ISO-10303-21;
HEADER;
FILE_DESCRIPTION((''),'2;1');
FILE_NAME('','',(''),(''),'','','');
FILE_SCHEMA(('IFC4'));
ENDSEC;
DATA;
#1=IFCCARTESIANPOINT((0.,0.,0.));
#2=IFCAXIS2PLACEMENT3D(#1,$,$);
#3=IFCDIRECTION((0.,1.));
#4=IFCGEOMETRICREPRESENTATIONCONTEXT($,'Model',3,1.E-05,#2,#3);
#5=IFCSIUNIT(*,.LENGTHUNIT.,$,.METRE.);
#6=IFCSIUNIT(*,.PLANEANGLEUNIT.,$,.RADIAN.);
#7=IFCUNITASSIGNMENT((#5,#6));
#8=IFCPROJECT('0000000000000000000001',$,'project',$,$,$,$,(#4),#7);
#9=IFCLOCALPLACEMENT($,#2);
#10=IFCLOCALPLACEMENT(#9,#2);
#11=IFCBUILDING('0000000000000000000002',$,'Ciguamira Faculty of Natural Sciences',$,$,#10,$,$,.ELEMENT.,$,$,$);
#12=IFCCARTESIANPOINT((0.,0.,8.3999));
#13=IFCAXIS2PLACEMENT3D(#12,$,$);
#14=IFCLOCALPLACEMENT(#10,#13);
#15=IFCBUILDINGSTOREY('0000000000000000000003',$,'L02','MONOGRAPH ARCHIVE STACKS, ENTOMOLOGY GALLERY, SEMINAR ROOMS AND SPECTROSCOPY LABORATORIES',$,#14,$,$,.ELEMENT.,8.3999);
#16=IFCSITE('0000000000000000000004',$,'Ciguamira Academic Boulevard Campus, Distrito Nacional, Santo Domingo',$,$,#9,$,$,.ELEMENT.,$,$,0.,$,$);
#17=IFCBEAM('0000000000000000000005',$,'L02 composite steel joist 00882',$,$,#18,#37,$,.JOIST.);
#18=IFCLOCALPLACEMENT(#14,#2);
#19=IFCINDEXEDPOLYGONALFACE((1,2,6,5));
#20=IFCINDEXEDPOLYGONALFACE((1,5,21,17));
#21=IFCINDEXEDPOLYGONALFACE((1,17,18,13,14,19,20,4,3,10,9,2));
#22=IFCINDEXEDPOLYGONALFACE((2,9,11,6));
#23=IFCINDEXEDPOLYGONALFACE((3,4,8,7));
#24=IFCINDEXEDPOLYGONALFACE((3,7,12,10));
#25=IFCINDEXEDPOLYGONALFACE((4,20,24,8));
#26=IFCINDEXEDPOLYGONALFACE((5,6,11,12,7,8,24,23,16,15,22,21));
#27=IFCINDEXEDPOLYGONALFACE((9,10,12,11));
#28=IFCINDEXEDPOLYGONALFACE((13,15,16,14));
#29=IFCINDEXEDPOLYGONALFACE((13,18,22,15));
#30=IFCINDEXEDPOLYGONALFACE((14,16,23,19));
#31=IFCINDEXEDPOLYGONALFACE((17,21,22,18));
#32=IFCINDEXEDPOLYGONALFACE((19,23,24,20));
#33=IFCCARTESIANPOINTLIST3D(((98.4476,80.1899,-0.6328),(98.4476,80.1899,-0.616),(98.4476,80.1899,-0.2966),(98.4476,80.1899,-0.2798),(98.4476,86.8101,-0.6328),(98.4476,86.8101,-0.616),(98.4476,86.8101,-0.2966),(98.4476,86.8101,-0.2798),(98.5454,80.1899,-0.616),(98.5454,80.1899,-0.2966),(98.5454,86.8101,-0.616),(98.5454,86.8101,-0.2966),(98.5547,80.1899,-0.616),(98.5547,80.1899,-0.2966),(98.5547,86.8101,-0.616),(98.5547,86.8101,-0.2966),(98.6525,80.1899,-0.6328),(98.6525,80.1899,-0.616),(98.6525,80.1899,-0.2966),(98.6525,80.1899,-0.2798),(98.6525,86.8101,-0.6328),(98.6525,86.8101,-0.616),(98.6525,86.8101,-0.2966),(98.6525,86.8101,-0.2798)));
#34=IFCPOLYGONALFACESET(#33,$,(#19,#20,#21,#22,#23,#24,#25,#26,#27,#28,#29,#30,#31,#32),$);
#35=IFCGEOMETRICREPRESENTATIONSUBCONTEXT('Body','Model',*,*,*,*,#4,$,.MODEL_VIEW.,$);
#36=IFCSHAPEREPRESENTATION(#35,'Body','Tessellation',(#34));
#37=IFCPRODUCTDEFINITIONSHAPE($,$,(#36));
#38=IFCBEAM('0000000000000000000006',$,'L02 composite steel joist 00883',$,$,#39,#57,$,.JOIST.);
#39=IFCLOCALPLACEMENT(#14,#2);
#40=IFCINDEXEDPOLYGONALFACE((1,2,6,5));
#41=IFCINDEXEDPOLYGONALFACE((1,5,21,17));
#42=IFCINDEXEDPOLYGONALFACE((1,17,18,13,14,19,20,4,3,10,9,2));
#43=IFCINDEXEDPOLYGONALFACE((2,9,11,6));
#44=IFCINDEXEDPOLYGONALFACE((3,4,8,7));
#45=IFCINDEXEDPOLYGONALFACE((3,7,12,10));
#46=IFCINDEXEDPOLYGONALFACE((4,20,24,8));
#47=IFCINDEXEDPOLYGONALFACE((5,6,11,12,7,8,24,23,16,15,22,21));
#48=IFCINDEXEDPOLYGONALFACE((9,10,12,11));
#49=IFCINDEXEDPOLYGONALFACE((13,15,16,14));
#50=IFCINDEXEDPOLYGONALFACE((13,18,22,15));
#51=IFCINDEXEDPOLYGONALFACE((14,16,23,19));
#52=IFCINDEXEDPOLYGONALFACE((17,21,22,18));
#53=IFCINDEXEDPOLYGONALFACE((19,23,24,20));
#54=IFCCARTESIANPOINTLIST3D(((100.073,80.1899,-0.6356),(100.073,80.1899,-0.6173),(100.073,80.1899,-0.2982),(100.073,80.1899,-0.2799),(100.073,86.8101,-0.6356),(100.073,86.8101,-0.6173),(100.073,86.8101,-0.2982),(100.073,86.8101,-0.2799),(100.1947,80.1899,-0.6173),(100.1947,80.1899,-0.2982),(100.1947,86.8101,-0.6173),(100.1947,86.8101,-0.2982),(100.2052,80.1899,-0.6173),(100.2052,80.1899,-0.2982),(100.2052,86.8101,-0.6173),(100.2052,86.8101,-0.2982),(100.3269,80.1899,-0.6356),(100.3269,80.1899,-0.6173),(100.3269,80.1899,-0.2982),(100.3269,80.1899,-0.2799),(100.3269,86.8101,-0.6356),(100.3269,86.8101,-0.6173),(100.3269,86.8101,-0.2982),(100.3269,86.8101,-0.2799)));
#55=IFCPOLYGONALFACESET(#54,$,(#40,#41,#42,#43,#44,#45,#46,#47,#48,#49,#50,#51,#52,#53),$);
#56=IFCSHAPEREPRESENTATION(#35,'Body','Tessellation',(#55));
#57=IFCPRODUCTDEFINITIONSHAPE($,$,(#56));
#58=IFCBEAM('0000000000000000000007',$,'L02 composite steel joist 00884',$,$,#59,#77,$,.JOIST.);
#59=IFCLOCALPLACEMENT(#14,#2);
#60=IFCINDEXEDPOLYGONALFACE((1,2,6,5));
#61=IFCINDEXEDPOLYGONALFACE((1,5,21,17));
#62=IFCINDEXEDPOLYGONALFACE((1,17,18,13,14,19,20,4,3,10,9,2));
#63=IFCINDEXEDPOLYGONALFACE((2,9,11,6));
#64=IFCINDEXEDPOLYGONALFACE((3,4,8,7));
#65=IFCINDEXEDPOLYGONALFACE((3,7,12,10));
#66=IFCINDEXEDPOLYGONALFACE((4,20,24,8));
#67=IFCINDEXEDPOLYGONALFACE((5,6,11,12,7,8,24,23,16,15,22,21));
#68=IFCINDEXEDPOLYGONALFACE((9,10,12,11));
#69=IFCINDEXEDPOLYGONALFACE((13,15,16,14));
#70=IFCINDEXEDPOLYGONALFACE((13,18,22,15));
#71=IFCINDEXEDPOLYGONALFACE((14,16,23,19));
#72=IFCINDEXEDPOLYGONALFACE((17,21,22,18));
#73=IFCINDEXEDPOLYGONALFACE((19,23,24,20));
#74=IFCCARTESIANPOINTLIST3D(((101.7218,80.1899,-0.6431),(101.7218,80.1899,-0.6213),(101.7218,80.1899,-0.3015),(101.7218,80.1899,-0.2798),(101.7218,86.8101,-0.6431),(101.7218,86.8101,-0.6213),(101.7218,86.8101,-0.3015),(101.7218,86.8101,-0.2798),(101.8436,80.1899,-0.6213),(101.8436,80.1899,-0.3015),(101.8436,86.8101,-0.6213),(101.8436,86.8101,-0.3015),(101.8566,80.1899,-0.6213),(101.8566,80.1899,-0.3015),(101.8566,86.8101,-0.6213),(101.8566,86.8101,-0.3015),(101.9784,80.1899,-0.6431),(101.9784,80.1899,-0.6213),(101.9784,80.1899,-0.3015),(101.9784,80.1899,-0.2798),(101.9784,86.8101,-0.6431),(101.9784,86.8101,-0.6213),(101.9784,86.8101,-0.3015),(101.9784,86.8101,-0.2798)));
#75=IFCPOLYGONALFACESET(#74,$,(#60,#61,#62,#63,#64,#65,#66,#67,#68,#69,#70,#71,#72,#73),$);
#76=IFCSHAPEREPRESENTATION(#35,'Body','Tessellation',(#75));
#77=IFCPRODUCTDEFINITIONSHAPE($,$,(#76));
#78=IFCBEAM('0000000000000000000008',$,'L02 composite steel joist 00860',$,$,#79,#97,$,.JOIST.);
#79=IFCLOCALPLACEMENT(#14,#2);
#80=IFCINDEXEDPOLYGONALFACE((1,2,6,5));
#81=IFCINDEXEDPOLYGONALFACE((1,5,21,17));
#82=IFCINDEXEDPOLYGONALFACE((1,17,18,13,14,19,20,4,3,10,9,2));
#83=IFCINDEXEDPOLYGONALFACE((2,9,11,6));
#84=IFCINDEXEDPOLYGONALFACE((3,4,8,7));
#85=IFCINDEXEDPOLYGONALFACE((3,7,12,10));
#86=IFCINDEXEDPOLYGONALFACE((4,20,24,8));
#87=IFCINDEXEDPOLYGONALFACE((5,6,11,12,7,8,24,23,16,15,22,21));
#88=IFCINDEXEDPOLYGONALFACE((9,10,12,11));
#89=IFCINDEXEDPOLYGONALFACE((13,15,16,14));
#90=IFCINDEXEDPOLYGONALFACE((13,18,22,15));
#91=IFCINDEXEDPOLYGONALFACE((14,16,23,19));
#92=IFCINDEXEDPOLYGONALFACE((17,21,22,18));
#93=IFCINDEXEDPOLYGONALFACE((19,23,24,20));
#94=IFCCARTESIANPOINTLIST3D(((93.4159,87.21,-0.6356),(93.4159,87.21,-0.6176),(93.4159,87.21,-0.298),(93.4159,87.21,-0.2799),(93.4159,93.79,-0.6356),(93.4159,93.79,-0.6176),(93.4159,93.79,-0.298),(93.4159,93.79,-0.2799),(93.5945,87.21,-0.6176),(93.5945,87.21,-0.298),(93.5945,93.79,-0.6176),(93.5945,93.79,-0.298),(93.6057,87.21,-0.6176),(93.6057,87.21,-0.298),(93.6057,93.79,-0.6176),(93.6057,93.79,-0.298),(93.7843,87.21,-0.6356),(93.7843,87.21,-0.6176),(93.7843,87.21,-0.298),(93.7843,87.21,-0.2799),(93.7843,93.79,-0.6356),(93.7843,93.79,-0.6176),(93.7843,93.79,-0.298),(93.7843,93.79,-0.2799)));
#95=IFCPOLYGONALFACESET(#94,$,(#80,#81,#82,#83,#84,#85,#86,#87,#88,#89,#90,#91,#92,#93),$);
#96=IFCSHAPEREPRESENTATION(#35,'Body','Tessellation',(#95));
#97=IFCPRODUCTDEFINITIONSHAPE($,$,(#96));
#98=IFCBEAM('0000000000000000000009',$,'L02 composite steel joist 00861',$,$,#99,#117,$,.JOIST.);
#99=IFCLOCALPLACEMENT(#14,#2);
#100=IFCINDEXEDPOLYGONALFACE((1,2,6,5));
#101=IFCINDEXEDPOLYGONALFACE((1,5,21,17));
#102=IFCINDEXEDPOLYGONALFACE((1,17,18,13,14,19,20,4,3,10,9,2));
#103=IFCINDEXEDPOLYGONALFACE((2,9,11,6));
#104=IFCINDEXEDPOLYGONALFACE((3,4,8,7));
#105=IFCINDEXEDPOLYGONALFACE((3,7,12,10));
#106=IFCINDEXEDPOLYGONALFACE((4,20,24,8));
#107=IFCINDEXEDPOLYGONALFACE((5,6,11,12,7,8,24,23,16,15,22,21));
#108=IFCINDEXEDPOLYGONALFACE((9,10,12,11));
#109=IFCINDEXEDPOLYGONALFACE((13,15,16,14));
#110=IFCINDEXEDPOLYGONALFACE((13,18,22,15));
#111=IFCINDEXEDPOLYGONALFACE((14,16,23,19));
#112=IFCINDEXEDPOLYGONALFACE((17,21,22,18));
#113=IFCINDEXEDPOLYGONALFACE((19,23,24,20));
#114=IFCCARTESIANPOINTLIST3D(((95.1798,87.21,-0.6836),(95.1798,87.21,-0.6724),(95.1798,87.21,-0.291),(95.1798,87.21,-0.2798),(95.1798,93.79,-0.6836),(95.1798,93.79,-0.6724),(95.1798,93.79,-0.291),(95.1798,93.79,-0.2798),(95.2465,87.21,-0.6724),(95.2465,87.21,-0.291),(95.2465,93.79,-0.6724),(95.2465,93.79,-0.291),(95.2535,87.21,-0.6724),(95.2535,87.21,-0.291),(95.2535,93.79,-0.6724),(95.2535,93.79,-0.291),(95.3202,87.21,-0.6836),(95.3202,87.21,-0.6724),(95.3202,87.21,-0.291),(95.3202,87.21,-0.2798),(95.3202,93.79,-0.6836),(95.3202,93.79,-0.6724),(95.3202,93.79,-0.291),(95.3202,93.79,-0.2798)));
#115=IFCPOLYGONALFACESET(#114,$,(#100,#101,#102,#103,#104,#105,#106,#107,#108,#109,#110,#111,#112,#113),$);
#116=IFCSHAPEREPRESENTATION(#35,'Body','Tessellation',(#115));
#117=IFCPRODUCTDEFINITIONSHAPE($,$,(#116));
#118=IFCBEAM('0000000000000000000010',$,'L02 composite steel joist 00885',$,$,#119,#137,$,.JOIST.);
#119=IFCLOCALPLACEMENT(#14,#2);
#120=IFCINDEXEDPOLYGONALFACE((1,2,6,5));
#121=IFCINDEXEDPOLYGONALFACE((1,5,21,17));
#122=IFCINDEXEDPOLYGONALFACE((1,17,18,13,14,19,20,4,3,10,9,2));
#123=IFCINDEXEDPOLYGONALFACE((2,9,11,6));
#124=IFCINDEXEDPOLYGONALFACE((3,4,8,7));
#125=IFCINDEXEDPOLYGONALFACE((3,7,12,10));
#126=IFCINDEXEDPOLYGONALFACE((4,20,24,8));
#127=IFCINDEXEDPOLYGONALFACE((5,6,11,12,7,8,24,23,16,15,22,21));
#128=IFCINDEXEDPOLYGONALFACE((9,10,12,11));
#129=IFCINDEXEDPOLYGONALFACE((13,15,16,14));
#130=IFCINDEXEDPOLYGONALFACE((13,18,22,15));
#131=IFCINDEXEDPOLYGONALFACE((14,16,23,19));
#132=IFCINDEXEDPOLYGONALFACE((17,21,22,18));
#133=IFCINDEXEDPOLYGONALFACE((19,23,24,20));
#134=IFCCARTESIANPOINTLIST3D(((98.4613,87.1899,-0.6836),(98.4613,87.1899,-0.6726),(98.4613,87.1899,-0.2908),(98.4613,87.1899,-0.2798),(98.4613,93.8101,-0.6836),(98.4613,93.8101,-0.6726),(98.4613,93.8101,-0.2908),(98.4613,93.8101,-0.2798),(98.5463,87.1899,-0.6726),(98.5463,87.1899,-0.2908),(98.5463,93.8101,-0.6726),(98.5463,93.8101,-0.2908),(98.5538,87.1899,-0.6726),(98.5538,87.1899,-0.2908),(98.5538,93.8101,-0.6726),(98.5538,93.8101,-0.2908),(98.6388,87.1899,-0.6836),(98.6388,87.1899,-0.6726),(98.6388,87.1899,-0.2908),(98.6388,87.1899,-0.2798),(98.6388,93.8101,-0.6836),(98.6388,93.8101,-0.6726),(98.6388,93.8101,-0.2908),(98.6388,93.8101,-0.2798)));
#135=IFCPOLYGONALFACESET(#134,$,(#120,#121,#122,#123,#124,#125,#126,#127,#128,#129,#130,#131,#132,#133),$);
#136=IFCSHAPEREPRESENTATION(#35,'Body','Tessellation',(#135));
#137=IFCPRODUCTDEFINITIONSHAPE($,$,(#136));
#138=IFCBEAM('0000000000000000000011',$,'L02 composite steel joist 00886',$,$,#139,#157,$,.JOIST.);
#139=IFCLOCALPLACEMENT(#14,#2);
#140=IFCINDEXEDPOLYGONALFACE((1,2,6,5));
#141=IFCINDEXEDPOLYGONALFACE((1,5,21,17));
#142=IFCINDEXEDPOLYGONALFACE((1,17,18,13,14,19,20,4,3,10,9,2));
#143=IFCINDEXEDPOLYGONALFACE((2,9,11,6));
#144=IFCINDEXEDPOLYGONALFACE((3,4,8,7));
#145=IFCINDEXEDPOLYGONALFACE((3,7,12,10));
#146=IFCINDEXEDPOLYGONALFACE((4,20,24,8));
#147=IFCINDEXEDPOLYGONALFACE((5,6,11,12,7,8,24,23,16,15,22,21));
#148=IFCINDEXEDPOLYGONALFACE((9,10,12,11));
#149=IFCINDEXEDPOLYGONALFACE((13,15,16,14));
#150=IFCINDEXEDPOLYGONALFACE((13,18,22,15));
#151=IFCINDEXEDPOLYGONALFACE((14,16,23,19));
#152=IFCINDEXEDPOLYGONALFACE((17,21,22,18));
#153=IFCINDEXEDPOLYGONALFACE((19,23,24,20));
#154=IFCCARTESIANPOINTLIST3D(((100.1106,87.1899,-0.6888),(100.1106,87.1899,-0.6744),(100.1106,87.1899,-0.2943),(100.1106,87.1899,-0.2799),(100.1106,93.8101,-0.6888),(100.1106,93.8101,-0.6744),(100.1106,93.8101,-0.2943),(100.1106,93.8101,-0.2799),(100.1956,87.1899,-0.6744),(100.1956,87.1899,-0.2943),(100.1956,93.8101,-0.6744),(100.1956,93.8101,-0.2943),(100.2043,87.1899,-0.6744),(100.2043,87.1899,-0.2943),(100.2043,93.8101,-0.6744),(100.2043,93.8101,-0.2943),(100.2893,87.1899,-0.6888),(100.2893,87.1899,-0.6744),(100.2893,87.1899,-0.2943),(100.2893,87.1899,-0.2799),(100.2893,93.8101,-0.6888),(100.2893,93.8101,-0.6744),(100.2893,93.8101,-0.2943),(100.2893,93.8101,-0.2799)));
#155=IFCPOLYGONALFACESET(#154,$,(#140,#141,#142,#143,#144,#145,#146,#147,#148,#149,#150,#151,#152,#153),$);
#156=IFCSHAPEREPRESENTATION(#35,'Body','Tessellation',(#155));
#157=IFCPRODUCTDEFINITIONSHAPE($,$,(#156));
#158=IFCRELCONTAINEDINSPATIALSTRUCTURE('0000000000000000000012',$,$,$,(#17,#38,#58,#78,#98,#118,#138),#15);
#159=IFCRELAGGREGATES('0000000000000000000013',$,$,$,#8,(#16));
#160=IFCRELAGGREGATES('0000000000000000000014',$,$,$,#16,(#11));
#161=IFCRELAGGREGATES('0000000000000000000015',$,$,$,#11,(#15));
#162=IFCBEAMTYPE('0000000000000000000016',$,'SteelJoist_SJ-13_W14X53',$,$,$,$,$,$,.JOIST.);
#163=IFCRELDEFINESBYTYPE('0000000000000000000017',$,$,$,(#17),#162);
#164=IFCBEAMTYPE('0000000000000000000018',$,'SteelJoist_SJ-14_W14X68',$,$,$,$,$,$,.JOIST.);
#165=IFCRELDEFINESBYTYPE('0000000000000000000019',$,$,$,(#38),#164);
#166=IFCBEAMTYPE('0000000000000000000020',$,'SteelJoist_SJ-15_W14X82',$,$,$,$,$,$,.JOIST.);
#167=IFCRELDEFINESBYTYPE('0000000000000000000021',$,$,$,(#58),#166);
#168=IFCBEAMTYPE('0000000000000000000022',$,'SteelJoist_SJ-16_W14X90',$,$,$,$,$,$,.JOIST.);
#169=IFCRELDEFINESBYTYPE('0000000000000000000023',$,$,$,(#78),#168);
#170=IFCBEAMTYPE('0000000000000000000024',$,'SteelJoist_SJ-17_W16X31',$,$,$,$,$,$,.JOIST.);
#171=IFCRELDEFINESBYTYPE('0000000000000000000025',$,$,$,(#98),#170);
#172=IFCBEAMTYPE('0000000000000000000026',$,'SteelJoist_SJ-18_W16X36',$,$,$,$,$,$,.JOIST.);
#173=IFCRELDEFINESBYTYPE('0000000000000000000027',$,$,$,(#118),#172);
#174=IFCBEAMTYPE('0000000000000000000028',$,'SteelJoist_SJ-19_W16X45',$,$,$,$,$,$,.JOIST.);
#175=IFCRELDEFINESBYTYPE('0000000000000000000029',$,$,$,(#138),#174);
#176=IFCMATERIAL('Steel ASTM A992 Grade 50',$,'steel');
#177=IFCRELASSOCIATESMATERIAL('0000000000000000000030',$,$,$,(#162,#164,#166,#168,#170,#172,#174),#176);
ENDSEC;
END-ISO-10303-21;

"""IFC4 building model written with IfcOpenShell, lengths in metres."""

from ifc_helpers import new_model, si_unit, direction, frame, origin, origin_2d, place, context, subcontext, project, spatial, i_section, extrude, material, material_profile, profile_set, type_object, element, save


model = new_model("IFC4")

# Units and contexts
model_context = context("Model", 3, precision=1e-05, world=origin(), true_north=direction((0.0, 1.0)))
body_context = subcontext(model_context, "Body", "Model", "MODEL_VIEW")
ifc_project = project(units=[si_unit("LENGTHUNIT", "METRE"), si_unit("PLANEANGLEUNIT", "RADIAN")], contexts=[model_context])

# Site, building, storey
site_placement = place(None, origin())
site = spatial("IfcSite", under=ifc_project, at=site_placement, Name="Ciguamira Academic Boulevard Campus, Distrito Nacional, Santo Domingo", CompositionType="ELEMENT", RefElevation=0.0)
building_placement = place(site_placement, origin())
building = spatial("IfcBuilding", under=site, at=building_placement, Name="Ciguamira Faculty of Natural Sciences", CompositionType="ELEMENT")
storey_placement = place(building_placement, frame((0.0, 0.0, 8.3999)))
storey = spatial("IfcBuildingStorey", under=building, at=storey_placement, Name="L02", Description="MONOGRAPH ARCHIVE STACKS, ENTOMOLOGY GALLERY, SEMINAR ROOMS AND SPECTROSCOPY LABORATORIES", CompositionType="ELEMENT", Elevation=8.3999)

# Beams
ifc_material_1 = material(Name="Steel ASTM A992 Grade 50", Category="steel")
ifc_material_profile_1 = material_profile(ifc_material_1, i_section(OverallWidth=0.2048, OverallDepth=0.353, WebThickness=0.0093, FlangeThickness=0.0168, at=origin_2d()), Name="W14X53")
ifc_profile_set_1 = profile_set([ifc_material_profile_1], Name="Steel ASTM A992 Grade 50")
beam_type_1 = type_object("IfcBeamType", Name="SteelJoist_SJ-13_W14X53", PredefinedType="JOIST", material=ifc_profile_set_1)
beam_1_placement = place(storey_placement, frame((98.55, 80.1899, -0.4563), z_axis=(0.0, 1.0, 0.0), x_axis=(-1.0, 0.0, 0.0)))
element("IfcBeam", 1, at=beam_1_placement, inside=storey, type_object=beam_type_1, Name="L02 composite steel joist 00882", PredefinedType="JOIST", context=body_context, shape_type="SweptSolid", body=[
    extrude(i_section(OverallWidth=0.2048, OverallDepth=0.353, WebThickness=0.0093, FlangeThickness=0.0168, at=origin_2d()), origin(), (0.0, 0.0, 1.0), 6.6201),
])
ifc_material_profile_2 = material_profile(ifc_material_1, i_section(OverallWidth=0.2539, OverallDepth=0.3557, WebThickness=0.0105, FlangeThickness=0.0183, at=origin_2d()), Name="W14X68")
ifc_profile_set_2 = profile_set([ifc_material_profile_2], Name="Steel ASTM A992 Grade 50")
beam_type_2 = type_object("IfcBeamType", Name="SteelJoist_SJ-14_W14X68", PredefinedType="JOIST", material=ifc_profile_set_2)
beam_2_placement = place(storey_placement, frame((100.2, 80.1899, -0.4578), z_axis=(0.0, 1.0, 0.0), x_axis=(-1.0, 0.0, 0.0)))
element("IfcBeam", 2, at=beam_2_placement, inside=storey, type_object=beam_type_2, Name="L02 composite steel joist 00883", PredefinedType="JOIST", context=body_context, shape_type="SweptSolid", body=[
    extrude(i_section(OverallWidth=0.2539, OverallDepth=0.3557, WebThickness=0.0105, FlangeThickness=0.0183, at=origin_2d()), origin(), (0.0, 0.0, 1.0), 6.6201),
])
ifc_material_profile_3 = material_profile(ifc_material_1, i_section(OverallWidth=0.2566, OverallDepth=0.3633, WebThickness=0.0129, FlangeThickness=0.0217, at=origin_2d()), Name="W14X82")
ifc_profile_set_3 = profile_set([ifc_material_profile_3], Name="Steel ASTM A992 Grade 50")
beam_type_3 = type_object("IfcBeamType", Name="SteelJoist_SJ-15_W14X82", PredefinedType="JOIST", material=ifc_profile_set_3)
beam_3_placement = place(storey_placement, frame((101.8501, 80.1899, -0.4614), z_axis=(0.0, 1.0, 0.0), x_axis=(-1.0, 0.0, 0.0)))
element("IfcBeam", 3, at=beam_3_placement, inside=storey, type_object=beam_type_3, Name="L02 composite steel joist 00884", PredefinedType="JOIST", context=body_context, shape_type="SweptSolid", body=[
    extrude(i_section(OverallWidth=0.2566, OverallDepth=0.3633, WebThickness=0.0129, FlangeThickness=0.0217, at=origin_2d()), origin(), (0.0, 0.0, 1.0), 6.6201),
])
ifc_material_profile_4 = material_profile(ifc_material_1, i_section(OverallWidth=0.3684, OverallDepth=0.3557, WebThickness=0.0112, FlangeThickness=0.0181, at=origin_2d()), Name="W14X90")
ifc_profile_set_4 = profile_set([ifc_material_profile_4], Name="Steel ASTM A992 Grade 50")
beam_type_4 = type_object("IfcBeamType", Name="SteelJoist_SJ-16_W14X90", PredefinedType="JOIST", material=ifc_profile_set_4)
beam_4_placement = place(storey_placement, frame((93.6001, 87.21, -0.4578), z_axis=(0.0, 1.0, 0.0), x_axis=(-1.0, 0.0, 0.0)))
element("IfcBeam", 4, at=beam_4_placement, inside=storey, type_object=beam_type_4, Name="L02 composite steel joist 00860", PredefinedType="JOIST", context=body_context, shape_type="SweptSolid", body=[
    extrude(i_section(OverallWidth=0.3684, OverallDepth=0.3557, WebThickness=0.0112, FlangeThickness=0.0181, at=origin_2d()), origin(), (0.0, 0.0, 1.0), 6.5801),
])
ifc_material_profile_5 = material_profile(ifc_material_1, i_section(OverallWidth=0.1404, OverallDepth=0.4038, WebThickness=0.0071, FlangeThickness=0.0112, at=origin_2d()), Name="W16X31")
ifc_profile_set_5 = profile_set([ifc_material_profile_5], Name="Steel ASTM A992 Grade 50")
beam_type_5 = type_object("IfcBeamType", Name="SteelJoist_SJ-17_W16X31", PredefinedType="JOIST", material=ifc_profile_set_5)
beam_5_placement = place(storey_placement, frame((95.25, 87.21, -0.4817), z_axis=(0.0, 1.0, 0.0), x_axis=(-1.0, 0.0, 0.0)))
element("IfcBeam", 5, at=beam_5_placement, inside=storey, type_object=beam_type_5, Name="L02 composite steel joist 00861", PredefinedType="JOIST", context=body_context, shape_type="SweptSolid", body=[
    extrude(i_section(OverallWidth=0.1404, OverallDepth=0.4038, WebThickness=0.0071, FlangeThickness=0.0112, at=origin_2d()), origin(), (0.0, 0.0, 1.0), 6.5801),
])
ifc_material_profile_6 = material_profile(ifc_material_1, i_section(OverallWidth=0.1775, OverallDepth=0.4038, WebThickness=0.0076, FlangeThickness=0.011, at=origin_2d()), Name="W16X36")
ifc_profile_set_6 = profile_set([ifc_material_profile_6], Name="Steel ASTM A992 Grade 50")
beam_type_6 = type_object("IfcBeamType", Name="SteelJoist_SJ-18_W16X36", PredefinedType="JOIST", material=ifc_profile_set_6)
beam_6_placement = place(storey_placement, frame((98.55, 87.1899, -0.4817), z_axis=(0.0, 1.0, 0.0), x_axis=(-1.0, 0.0, 0.0)))
element("IfcBeam", 6, at=beam_6_placement, inside=storey, type_object=beam_type_6, Name="L02 composite steel joist 00885", PredefinedType="JOIST", context=body_context, shape_type="SweptSolid", body=[
    extrude(i_section(OverallWidth=0.1775, OverallDepth=0.4038, WebThickness=0.0076, FlangeThickness=0.011, at=origin_2d()), origin(), (0.0, 0.0, 1.0), 6.6201),
])
ifc_material_profile_7 = material_profile(ifc_material_1, i_section(OverallWidth=0.1787, OverallDepth=0.4089, WebThickness=0.0088, FlangeThickness=0.0144, at=origin_2d()), Name="W16X45")
ifc_profile_set_7 = profile_set([ifc_material_profile_7], Name="Steel ASTM A992 Grade 50")
beam_type_7 = type_object("IfcBeamType", Name="SteelJoist_SJ-19_W16X45", PredefinedType="JOIST", material=ifc_profile_set_7)
beam_7_placement = place(storey_placement, frame((100.2, 87.1899, -0.4844), z_axis=(0.0, 1.0, 0.0), x_axis=(-1.0, 0.0, 0.0)))
element("IfcBeam", 7, at=beam_7_placement, inside=storey, type_object=beam_type_7, Name="L02 composite steel joist 00886", PredefinedType="JOIST", context=body_context, shape_type="SweptSolid", body=[
    extrude(i_section(OverallWidth=0.1787, OverallDepth=0.4089, WebThickness=0.0088, FlangeThickness=0.0144, at=origin_2d()), origin(), (0.0, 0.0, 1.0), 6.6201),
])

save(model, "model.ifc")
